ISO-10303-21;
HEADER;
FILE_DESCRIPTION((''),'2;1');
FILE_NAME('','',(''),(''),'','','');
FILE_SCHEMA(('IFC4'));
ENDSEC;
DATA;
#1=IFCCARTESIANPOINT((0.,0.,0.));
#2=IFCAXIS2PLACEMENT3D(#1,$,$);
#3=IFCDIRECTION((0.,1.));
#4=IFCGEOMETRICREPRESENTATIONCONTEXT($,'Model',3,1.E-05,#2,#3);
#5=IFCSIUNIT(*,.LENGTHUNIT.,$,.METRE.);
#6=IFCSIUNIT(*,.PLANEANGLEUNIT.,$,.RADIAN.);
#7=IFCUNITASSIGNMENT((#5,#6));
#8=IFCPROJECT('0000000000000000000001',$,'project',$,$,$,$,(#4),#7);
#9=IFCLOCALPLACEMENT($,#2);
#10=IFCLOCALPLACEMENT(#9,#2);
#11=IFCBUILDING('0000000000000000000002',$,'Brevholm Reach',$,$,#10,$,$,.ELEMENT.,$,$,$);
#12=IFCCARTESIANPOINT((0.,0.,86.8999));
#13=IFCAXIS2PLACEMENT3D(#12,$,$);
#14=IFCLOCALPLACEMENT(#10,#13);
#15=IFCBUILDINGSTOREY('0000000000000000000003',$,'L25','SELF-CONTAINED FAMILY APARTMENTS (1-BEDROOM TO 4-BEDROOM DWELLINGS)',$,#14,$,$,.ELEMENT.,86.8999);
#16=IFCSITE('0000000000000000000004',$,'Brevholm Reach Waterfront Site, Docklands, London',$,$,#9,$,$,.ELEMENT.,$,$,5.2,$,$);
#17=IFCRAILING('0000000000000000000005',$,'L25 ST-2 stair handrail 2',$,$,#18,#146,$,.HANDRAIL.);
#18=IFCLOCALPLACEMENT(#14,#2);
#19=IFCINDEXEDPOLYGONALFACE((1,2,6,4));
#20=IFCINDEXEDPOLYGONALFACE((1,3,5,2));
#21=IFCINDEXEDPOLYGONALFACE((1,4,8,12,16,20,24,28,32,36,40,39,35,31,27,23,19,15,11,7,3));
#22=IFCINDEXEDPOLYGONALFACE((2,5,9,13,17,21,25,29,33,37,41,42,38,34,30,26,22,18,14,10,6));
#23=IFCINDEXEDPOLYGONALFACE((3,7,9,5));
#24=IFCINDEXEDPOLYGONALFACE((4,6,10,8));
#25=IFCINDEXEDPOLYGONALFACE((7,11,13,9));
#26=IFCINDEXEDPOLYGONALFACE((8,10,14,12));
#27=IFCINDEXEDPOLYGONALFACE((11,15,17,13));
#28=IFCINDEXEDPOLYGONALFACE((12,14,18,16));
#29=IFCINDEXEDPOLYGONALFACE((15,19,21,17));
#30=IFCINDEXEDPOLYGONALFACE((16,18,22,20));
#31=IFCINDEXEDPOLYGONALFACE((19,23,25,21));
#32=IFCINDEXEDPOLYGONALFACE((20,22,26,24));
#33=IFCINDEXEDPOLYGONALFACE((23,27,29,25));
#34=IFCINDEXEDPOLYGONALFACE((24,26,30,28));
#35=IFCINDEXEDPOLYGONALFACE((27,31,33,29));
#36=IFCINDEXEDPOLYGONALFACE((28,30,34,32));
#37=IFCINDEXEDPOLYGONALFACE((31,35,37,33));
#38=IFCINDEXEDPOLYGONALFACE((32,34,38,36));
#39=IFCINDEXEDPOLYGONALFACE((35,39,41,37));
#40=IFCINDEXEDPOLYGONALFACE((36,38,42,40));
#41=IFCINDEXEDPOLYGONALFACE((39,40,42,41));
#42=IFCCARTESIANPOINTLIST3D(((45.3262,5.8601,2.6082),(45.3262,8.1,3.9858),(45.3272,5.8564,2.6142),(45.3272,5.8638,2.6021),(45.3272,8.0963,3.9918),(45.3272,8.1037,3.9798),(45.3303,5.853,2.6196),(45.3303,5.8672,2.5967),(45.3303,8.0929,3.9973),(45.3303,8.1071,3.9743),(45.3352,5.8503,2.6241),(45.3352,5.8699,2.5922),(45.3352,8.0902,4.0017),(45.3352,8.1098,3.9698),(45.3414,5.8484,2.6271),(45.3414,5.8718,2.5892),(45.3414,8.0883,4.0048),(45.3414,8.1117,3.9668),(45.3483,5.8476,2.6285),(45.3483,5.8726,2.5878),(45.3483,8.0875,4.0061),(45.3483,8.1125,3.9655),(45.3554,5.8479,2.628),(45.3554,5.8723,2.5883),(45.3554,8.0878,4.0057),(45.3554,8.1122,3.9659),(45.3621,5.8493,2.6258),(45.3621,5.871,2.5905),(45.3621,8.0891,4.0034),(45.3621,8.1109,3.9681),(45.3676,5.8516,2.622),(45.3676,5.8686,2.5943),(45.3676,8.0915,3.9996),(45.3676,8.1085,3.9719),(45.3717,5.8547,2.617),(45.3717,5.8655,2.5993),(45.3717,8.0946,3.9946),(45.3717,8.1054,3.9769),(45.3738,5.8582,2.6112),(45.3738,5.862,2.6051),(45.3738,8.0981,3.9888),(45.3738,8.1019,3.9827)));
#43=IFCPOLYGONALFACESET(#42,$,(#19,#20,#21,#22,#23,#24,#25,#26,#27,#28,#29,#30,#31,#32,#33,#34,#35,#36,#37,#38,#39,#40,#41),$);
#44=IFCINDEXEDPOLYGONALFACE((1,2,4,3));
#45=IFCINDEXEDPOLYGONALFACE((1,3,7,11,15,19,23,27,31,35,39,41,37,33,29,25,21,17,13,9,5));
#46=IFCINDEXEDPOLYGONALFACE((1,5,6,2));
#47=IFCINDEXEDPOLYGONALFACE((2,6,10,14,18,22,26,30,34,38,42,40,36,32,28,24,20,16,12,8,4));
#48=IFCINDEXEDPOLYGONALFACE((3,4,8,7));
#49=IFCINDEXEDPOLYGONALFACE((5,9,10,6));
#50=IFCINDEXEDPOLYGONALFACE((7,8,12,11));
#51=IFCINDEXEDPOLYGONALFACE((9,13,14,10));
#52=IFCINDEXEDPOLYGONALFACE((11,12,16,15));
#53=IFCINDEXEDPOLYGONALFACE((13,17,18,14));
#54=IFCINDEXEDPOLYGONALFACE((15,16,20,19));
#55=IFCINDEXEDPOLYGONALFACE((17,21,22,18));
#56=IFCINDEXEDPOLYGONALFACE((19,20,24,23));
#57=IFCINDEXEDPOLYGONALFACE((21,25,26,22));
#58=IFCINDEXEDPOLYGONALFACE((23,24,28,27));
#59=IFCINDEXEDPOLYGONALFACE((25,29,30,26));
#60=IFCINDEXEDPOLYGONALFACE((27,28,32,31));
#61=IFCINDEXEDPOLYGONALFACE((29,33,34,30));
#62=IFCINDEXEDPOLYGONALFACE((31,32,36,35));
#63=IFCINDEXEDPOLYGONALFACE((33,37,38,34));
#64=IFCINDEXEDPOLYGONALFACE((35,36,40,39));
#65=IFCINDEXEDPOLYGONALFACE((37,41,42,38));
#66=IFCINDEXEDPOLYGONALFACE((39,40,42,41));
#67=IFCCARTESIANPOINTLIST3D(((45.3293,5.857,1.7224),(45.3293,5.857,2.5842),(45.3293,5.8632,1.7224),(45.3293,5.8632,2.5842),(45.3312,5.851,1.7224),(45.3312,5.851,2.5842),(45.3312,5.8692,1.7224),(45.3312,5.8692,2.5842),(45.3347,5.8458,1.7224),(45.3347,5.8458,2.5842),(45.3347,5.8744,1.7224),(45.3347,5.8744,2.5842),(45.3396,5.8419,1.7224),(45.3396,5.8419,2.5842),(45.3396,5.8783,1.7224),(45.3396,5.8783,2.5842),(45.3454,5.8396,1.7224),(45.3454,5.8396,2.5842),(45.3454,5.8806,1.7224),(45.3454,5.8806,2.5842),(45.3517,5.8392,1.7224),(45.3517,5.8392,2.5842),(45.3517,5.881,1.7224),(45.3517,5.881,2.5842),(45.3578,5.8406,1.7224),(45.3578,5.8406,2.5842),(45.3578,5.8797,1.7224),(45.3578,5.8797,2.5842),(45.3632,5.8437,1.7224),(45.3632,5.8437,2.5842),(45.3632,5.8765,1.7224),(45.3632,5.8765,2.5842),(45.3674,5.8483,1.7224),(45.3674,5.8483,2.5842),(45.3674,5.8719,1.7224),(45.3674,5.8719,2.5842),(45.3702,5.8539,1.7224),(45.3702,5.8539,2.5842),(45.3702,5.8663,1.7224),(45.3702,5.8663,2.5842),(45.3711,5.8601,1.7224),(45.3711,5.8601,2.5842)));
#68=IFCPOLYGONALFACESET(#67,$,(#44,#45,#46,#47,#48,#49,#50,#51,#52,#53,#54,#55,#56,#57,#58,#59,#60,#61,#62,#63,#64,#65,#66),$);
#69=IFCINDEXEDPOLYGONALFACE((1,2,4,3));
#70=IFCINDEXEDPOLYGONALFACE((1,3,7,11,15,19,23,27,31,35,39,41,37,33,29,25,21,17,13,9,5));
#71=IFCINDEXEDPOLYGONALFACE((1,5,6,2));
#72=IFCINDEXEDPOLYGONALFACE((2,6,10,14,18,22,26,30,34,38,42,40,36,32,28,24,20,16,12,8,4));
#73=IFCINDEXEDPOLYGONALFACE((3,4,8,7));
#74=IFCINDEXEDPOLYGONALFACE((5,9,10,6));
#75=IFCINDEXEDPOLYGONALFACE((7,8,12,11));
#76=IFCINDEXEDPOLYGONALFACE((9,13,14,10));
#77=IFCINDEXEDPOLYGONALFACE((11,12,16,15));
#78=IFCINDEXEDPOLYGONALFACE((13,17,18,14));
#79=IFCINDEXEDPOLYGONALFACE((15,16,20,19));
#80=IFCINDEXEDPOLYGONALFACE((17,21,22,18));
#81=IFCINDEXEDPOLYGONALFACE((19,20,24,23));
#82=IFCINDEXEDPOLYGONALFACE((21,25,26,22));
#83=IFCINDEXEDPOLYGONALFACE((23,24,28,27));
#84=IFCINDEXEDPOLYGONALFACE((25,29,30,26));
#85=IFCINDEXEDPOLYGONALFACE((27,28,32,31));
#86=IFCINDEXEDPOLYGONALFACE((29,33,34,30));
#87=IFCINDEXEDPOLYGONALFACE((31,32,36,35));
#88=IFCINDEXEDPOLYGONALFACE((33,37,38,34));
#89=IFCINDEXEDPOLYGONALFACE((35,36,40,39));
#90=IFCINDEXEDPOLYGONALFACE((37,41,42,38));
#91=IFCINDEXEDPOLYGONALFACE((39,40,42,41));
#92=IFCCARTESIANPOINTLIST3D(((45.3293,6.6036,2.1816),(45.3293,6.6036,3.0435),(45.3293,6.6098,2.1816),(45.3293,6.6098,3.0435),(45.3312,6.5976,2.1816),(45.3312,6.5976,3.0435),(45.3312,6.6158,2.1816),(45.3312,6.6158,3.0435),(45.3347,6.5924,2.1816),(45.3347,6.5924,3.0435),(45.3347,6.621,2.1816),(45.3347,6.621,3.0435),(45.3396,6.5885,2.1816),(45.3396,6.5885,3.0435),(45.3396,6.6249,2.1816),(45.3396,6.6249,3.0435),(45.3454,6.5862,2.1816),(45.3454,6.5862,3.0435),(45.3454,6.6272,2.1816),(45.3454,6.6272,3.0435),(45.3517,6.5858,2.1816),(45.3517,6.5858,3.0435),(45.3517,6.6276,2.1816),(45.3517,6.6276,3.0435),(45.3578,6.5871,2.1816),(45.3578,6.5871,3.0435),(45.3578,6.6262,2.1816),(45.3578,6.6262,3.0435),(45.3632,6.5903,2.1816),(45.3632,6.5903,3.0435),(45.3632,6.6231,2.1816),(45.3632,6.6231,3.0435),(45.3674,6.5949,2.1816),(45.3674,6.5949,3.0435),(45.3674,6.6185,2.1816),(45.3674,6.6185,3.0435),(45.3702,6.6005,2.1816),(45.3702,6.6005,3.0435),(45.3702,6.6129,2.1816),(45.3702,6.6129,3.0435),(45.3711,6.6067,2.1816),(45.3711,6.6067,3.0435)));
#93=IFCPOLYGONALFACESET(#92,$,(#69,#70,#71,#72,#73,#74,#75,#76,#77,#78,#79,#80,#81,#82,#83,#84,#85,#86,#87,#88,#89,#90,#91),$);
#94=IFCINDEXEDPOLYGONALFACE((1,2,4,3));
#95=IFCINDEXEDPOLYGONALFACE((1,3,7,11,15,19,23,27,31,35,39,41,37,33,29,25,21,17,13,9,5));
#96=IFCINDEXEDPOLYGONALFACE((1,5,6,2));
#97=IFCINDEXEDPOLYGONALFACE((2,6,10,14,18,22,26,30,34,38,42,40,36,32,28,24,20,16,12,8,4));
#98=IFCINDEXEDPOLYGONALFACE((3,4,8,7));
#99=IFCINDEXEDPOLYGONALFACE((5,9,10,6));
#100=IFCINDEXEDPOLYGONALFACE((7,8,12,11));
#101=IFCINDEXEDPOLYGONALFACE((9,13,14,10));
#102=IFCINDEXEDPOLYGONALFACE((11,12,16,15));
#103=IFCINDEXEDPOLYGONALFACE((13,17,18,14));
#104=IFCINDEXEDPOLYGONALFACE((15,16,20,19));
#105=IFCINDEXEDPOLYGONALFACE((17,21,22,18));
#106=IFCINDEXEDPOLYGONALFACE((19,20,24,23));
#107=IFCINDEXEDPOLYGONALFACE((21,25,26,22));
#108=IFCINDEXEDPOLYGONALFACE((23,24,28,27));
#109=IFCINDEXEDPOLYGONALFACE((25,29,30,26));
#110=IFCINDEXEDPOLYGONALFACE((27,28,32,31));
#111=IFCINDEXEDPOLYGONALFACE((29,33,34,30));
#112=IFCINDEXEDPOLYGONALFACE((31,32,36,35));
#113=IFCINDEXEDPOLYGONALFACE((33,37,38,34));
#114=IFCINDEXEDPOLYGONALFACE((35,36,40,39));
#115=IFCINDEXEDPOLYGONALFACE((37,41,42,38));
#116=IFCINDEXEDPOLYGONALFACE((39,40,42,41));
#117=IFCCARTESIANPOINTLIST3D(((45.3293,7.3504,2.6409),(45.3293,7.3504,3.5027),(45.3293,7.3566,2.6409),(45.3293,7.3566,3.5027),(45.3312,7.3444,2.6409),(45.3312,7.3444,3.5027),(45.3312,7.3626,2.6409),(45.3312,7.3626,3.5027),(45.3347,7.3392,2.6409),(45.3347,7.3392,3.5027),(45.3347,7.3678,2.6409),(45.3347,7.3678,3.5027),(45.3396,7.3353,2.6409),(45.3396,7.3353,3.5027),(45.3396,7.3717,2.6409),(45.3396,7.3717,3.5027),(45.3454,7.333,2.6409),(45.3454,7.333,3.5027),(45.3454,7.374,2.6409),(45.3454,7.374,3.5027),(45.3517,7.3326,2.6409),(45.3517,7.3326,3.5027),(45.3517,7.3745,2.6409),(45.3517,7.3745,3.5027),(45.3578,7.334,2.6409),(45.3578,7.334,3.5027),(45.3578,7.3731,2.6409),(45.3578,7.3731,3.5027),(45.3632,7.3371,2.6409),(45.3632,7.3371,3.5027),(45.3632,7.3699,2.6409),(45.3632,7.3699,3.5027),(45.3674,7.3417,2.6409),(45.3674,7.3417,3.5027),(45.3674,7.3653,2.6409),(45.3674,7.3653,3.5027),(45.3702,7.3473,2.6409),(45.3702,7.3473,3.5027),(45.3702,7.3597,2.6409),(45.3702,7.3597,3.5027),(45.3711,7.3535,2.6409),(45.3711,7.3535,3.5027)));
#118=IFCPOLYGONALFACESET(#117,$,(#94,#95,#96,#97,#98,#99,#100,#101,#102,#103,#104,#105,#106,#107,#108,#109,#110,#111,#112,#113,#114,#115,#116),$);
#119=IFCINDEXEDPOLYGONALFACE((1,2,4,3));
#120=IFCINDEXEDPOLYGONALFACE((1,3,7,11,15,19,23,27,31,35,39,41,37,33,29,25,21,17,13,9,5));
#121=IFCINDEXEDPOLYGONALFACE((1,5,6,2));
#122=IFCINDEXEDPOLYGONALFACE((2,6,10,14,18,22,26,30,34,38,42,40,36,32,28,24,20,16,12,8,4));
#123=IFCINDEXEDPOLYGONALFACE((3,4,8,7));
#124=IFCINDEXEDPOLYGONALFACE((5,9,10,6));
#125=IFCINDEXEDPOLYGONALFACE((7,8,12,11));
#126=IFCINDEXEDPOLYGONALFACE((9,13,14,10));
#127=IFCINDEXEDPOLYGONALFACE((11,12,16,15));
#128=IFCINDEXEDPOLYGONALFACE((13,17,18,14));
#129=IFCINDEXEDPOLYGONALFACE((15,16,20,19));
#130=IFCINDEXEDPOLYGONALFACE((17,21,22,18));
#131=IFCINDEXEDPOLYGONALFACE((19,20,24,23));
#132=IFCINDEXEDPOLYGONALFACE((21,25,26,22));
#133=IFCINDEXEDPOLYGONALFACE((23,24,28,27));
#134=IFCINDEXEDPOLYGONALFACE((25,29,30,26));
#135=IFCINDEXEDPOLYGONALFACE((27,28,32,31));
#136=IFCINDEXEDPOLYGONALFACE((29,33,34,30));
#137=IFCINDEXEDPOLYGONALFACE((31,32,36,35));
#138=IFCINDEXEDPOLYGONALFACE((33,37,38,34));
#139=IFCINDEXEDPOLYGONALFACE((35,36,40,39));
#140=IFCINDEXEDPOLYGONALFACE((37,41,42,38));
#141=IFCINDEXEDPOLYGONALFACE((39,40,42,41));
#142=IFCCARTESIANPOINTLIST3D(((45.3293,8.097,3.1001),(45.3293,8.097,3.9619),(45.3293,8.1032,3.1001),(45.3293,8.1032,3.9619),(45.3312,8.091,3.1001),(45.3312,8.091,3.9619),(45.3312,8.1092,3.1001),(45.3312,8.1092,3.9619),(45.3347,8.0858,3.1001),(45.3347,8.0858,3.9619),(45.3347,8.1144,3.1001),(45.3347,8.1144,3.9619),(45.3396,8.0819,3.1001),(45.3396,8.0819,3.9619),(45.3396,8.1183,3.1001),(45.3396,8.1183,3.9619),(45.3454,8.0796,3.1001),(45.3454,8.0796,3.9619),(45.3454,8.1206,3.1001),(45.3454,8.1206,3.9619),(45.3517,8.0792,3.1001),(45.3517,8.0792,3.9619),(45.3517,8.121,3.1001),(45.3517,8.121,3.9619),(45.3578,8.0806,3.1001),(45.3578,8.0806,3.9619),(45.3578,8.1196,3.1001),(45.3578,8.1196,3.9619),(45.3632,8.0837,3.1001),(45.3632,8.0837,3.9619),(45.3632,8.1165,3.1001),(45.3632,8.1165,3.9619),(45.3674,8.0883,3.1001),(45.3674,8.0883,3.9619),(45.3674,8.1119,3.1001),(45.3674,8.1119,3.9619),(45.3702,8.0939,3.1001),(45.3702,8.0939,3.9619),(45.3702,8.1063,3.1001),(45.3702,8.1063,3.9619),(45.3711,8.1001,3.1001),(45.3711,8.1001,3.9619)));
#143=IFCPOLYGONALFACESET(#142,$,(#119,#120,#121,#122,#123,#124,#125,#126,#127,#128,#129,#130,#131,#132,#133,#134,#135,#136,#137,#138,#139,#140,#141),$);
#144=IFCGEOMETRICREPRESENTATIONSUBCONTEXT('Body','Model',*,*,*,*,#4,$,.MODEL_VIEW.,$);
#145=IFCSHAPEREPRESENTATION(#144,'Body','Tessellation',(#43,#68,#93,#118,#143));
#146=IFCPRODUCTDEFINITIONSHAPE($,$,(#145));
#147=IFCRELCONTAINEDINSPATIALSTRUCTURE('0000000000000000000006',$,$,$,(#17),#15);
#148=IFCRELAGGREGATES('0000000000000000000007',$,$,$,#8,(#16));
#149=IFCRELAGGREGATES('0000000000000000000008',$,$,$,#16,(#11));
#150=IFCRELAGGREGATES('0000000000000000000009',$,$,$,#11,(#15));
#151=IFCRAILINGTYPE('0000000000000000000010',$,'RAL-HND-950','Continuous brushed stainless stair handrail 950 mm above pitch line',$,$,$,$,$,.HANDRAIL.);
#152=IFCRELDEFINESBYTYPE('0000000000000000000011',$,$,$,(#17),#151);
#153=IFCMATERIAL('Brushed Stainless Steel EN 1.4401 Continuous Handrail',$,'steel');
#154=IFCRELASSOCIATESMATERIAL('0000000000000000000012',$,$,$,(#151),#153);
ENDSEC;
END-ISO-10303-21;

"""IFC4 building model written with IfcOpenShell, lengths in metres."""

from ifc_helpers import new_model, si_unit, direction, frame, origin, origin_2d, place, context, subcontext, project, spatial, circle, extrude, material, type_object, element, save


model = new_model("IFC4")

# Units and contexts
model_context = context("Model", 3, precision=1e-05, world=origin(), true_north=direction((0.0, 1.0)))
body_context = subcontext(model_context, "Body", "Model", "MODEL_VIEW")
ifc_project = project(units=[si_unit("LENGTHUNIT", "METRE"), si_unit("PLANEANGLEUNIT", "RADIAN")], contexts=[model_context])

# Site, building, storey
site_placement = place(None, origin())
site = spatial("IfcSite", under=ifc_project, at=site_placement, Name="Brevholm Reach Waterfront Site, Docklands, London", CompositionType="ELEMENT", RefElevation=5.2)
building_placement = place(site_placement, origin())
building = spatial("IfcBuilding", under=site, at=building_placement, Name="Brevholm Reach", CompositionType="ELEMENT")
storey_placement = place(building_placement, frame((0.0, 0.0, 86.8999)))
storey = spatial("IfcBuildingStorey", under=building, at=storey_placement, Name="L25", Description="SELF-CONTAINED FAMILY APARTMENTS (1-BEDROOM TO 4-BEDROOM DWELLINGS)", CompositionType="ELEMENT", Elevation=86.8999)

# Railing
ifc_material_1 = material(Name="Brushed Stainless Steel EN 1.4401 Continuous Handrail", Category="steel")
railing_type_1 = type_object("IfcRailingType", Name="RAL-HND-950", Description="Continuous brushed stainless stair handrail 950 mm above pitch line", PredefinedType="HANDRAIL", material=ifc_material_1)
railing_1_placement = place(storey_placement, frame((45.3501, 5.8601, 1.7224)))
element("IfcRailing", 1, at=railing_1_placement, inside=storey, type_object=railing_type_1, Name="L25 ST-2 stair handrail 2", PredefinedType="HANDRAIL", context=body_context, shape_type="SweptSolid", body=[
    extrude(circle(Radius=0.0239, at=origin_2d()), frame((0.0, 0.0, 0.8857), z_axis=(0.0, 0.851789, 0.523885), x_axis=(-1.0, 0.0, 0.0)), (0.0, 0.0, 1.0), 2.6296),
    extrude(circle(Radius=0.021, at=origin_2d()), origin(), (0.0, 0.0, 1.0), 0.8618),
    extrude(circle(Radius=0.021, at=origin_2d()), frame((0.0, 0.7466, 0.4592)), (0.0, 0.0, 1.0), 0.8618),
    extrude(circle(Radius=0.021, at=origin_2d()), frame((0.0, 1.4934, 0.9185)), (0.0, 0.0, 1.0), 0.8618),
    extrude(circle(Radius=0.021, at=origin_2d()), frame((0.0, 2.24, 1.3777)), (0.0, 0.0, 1.0), 0.8618),
])

save(model, "model.ifc")
